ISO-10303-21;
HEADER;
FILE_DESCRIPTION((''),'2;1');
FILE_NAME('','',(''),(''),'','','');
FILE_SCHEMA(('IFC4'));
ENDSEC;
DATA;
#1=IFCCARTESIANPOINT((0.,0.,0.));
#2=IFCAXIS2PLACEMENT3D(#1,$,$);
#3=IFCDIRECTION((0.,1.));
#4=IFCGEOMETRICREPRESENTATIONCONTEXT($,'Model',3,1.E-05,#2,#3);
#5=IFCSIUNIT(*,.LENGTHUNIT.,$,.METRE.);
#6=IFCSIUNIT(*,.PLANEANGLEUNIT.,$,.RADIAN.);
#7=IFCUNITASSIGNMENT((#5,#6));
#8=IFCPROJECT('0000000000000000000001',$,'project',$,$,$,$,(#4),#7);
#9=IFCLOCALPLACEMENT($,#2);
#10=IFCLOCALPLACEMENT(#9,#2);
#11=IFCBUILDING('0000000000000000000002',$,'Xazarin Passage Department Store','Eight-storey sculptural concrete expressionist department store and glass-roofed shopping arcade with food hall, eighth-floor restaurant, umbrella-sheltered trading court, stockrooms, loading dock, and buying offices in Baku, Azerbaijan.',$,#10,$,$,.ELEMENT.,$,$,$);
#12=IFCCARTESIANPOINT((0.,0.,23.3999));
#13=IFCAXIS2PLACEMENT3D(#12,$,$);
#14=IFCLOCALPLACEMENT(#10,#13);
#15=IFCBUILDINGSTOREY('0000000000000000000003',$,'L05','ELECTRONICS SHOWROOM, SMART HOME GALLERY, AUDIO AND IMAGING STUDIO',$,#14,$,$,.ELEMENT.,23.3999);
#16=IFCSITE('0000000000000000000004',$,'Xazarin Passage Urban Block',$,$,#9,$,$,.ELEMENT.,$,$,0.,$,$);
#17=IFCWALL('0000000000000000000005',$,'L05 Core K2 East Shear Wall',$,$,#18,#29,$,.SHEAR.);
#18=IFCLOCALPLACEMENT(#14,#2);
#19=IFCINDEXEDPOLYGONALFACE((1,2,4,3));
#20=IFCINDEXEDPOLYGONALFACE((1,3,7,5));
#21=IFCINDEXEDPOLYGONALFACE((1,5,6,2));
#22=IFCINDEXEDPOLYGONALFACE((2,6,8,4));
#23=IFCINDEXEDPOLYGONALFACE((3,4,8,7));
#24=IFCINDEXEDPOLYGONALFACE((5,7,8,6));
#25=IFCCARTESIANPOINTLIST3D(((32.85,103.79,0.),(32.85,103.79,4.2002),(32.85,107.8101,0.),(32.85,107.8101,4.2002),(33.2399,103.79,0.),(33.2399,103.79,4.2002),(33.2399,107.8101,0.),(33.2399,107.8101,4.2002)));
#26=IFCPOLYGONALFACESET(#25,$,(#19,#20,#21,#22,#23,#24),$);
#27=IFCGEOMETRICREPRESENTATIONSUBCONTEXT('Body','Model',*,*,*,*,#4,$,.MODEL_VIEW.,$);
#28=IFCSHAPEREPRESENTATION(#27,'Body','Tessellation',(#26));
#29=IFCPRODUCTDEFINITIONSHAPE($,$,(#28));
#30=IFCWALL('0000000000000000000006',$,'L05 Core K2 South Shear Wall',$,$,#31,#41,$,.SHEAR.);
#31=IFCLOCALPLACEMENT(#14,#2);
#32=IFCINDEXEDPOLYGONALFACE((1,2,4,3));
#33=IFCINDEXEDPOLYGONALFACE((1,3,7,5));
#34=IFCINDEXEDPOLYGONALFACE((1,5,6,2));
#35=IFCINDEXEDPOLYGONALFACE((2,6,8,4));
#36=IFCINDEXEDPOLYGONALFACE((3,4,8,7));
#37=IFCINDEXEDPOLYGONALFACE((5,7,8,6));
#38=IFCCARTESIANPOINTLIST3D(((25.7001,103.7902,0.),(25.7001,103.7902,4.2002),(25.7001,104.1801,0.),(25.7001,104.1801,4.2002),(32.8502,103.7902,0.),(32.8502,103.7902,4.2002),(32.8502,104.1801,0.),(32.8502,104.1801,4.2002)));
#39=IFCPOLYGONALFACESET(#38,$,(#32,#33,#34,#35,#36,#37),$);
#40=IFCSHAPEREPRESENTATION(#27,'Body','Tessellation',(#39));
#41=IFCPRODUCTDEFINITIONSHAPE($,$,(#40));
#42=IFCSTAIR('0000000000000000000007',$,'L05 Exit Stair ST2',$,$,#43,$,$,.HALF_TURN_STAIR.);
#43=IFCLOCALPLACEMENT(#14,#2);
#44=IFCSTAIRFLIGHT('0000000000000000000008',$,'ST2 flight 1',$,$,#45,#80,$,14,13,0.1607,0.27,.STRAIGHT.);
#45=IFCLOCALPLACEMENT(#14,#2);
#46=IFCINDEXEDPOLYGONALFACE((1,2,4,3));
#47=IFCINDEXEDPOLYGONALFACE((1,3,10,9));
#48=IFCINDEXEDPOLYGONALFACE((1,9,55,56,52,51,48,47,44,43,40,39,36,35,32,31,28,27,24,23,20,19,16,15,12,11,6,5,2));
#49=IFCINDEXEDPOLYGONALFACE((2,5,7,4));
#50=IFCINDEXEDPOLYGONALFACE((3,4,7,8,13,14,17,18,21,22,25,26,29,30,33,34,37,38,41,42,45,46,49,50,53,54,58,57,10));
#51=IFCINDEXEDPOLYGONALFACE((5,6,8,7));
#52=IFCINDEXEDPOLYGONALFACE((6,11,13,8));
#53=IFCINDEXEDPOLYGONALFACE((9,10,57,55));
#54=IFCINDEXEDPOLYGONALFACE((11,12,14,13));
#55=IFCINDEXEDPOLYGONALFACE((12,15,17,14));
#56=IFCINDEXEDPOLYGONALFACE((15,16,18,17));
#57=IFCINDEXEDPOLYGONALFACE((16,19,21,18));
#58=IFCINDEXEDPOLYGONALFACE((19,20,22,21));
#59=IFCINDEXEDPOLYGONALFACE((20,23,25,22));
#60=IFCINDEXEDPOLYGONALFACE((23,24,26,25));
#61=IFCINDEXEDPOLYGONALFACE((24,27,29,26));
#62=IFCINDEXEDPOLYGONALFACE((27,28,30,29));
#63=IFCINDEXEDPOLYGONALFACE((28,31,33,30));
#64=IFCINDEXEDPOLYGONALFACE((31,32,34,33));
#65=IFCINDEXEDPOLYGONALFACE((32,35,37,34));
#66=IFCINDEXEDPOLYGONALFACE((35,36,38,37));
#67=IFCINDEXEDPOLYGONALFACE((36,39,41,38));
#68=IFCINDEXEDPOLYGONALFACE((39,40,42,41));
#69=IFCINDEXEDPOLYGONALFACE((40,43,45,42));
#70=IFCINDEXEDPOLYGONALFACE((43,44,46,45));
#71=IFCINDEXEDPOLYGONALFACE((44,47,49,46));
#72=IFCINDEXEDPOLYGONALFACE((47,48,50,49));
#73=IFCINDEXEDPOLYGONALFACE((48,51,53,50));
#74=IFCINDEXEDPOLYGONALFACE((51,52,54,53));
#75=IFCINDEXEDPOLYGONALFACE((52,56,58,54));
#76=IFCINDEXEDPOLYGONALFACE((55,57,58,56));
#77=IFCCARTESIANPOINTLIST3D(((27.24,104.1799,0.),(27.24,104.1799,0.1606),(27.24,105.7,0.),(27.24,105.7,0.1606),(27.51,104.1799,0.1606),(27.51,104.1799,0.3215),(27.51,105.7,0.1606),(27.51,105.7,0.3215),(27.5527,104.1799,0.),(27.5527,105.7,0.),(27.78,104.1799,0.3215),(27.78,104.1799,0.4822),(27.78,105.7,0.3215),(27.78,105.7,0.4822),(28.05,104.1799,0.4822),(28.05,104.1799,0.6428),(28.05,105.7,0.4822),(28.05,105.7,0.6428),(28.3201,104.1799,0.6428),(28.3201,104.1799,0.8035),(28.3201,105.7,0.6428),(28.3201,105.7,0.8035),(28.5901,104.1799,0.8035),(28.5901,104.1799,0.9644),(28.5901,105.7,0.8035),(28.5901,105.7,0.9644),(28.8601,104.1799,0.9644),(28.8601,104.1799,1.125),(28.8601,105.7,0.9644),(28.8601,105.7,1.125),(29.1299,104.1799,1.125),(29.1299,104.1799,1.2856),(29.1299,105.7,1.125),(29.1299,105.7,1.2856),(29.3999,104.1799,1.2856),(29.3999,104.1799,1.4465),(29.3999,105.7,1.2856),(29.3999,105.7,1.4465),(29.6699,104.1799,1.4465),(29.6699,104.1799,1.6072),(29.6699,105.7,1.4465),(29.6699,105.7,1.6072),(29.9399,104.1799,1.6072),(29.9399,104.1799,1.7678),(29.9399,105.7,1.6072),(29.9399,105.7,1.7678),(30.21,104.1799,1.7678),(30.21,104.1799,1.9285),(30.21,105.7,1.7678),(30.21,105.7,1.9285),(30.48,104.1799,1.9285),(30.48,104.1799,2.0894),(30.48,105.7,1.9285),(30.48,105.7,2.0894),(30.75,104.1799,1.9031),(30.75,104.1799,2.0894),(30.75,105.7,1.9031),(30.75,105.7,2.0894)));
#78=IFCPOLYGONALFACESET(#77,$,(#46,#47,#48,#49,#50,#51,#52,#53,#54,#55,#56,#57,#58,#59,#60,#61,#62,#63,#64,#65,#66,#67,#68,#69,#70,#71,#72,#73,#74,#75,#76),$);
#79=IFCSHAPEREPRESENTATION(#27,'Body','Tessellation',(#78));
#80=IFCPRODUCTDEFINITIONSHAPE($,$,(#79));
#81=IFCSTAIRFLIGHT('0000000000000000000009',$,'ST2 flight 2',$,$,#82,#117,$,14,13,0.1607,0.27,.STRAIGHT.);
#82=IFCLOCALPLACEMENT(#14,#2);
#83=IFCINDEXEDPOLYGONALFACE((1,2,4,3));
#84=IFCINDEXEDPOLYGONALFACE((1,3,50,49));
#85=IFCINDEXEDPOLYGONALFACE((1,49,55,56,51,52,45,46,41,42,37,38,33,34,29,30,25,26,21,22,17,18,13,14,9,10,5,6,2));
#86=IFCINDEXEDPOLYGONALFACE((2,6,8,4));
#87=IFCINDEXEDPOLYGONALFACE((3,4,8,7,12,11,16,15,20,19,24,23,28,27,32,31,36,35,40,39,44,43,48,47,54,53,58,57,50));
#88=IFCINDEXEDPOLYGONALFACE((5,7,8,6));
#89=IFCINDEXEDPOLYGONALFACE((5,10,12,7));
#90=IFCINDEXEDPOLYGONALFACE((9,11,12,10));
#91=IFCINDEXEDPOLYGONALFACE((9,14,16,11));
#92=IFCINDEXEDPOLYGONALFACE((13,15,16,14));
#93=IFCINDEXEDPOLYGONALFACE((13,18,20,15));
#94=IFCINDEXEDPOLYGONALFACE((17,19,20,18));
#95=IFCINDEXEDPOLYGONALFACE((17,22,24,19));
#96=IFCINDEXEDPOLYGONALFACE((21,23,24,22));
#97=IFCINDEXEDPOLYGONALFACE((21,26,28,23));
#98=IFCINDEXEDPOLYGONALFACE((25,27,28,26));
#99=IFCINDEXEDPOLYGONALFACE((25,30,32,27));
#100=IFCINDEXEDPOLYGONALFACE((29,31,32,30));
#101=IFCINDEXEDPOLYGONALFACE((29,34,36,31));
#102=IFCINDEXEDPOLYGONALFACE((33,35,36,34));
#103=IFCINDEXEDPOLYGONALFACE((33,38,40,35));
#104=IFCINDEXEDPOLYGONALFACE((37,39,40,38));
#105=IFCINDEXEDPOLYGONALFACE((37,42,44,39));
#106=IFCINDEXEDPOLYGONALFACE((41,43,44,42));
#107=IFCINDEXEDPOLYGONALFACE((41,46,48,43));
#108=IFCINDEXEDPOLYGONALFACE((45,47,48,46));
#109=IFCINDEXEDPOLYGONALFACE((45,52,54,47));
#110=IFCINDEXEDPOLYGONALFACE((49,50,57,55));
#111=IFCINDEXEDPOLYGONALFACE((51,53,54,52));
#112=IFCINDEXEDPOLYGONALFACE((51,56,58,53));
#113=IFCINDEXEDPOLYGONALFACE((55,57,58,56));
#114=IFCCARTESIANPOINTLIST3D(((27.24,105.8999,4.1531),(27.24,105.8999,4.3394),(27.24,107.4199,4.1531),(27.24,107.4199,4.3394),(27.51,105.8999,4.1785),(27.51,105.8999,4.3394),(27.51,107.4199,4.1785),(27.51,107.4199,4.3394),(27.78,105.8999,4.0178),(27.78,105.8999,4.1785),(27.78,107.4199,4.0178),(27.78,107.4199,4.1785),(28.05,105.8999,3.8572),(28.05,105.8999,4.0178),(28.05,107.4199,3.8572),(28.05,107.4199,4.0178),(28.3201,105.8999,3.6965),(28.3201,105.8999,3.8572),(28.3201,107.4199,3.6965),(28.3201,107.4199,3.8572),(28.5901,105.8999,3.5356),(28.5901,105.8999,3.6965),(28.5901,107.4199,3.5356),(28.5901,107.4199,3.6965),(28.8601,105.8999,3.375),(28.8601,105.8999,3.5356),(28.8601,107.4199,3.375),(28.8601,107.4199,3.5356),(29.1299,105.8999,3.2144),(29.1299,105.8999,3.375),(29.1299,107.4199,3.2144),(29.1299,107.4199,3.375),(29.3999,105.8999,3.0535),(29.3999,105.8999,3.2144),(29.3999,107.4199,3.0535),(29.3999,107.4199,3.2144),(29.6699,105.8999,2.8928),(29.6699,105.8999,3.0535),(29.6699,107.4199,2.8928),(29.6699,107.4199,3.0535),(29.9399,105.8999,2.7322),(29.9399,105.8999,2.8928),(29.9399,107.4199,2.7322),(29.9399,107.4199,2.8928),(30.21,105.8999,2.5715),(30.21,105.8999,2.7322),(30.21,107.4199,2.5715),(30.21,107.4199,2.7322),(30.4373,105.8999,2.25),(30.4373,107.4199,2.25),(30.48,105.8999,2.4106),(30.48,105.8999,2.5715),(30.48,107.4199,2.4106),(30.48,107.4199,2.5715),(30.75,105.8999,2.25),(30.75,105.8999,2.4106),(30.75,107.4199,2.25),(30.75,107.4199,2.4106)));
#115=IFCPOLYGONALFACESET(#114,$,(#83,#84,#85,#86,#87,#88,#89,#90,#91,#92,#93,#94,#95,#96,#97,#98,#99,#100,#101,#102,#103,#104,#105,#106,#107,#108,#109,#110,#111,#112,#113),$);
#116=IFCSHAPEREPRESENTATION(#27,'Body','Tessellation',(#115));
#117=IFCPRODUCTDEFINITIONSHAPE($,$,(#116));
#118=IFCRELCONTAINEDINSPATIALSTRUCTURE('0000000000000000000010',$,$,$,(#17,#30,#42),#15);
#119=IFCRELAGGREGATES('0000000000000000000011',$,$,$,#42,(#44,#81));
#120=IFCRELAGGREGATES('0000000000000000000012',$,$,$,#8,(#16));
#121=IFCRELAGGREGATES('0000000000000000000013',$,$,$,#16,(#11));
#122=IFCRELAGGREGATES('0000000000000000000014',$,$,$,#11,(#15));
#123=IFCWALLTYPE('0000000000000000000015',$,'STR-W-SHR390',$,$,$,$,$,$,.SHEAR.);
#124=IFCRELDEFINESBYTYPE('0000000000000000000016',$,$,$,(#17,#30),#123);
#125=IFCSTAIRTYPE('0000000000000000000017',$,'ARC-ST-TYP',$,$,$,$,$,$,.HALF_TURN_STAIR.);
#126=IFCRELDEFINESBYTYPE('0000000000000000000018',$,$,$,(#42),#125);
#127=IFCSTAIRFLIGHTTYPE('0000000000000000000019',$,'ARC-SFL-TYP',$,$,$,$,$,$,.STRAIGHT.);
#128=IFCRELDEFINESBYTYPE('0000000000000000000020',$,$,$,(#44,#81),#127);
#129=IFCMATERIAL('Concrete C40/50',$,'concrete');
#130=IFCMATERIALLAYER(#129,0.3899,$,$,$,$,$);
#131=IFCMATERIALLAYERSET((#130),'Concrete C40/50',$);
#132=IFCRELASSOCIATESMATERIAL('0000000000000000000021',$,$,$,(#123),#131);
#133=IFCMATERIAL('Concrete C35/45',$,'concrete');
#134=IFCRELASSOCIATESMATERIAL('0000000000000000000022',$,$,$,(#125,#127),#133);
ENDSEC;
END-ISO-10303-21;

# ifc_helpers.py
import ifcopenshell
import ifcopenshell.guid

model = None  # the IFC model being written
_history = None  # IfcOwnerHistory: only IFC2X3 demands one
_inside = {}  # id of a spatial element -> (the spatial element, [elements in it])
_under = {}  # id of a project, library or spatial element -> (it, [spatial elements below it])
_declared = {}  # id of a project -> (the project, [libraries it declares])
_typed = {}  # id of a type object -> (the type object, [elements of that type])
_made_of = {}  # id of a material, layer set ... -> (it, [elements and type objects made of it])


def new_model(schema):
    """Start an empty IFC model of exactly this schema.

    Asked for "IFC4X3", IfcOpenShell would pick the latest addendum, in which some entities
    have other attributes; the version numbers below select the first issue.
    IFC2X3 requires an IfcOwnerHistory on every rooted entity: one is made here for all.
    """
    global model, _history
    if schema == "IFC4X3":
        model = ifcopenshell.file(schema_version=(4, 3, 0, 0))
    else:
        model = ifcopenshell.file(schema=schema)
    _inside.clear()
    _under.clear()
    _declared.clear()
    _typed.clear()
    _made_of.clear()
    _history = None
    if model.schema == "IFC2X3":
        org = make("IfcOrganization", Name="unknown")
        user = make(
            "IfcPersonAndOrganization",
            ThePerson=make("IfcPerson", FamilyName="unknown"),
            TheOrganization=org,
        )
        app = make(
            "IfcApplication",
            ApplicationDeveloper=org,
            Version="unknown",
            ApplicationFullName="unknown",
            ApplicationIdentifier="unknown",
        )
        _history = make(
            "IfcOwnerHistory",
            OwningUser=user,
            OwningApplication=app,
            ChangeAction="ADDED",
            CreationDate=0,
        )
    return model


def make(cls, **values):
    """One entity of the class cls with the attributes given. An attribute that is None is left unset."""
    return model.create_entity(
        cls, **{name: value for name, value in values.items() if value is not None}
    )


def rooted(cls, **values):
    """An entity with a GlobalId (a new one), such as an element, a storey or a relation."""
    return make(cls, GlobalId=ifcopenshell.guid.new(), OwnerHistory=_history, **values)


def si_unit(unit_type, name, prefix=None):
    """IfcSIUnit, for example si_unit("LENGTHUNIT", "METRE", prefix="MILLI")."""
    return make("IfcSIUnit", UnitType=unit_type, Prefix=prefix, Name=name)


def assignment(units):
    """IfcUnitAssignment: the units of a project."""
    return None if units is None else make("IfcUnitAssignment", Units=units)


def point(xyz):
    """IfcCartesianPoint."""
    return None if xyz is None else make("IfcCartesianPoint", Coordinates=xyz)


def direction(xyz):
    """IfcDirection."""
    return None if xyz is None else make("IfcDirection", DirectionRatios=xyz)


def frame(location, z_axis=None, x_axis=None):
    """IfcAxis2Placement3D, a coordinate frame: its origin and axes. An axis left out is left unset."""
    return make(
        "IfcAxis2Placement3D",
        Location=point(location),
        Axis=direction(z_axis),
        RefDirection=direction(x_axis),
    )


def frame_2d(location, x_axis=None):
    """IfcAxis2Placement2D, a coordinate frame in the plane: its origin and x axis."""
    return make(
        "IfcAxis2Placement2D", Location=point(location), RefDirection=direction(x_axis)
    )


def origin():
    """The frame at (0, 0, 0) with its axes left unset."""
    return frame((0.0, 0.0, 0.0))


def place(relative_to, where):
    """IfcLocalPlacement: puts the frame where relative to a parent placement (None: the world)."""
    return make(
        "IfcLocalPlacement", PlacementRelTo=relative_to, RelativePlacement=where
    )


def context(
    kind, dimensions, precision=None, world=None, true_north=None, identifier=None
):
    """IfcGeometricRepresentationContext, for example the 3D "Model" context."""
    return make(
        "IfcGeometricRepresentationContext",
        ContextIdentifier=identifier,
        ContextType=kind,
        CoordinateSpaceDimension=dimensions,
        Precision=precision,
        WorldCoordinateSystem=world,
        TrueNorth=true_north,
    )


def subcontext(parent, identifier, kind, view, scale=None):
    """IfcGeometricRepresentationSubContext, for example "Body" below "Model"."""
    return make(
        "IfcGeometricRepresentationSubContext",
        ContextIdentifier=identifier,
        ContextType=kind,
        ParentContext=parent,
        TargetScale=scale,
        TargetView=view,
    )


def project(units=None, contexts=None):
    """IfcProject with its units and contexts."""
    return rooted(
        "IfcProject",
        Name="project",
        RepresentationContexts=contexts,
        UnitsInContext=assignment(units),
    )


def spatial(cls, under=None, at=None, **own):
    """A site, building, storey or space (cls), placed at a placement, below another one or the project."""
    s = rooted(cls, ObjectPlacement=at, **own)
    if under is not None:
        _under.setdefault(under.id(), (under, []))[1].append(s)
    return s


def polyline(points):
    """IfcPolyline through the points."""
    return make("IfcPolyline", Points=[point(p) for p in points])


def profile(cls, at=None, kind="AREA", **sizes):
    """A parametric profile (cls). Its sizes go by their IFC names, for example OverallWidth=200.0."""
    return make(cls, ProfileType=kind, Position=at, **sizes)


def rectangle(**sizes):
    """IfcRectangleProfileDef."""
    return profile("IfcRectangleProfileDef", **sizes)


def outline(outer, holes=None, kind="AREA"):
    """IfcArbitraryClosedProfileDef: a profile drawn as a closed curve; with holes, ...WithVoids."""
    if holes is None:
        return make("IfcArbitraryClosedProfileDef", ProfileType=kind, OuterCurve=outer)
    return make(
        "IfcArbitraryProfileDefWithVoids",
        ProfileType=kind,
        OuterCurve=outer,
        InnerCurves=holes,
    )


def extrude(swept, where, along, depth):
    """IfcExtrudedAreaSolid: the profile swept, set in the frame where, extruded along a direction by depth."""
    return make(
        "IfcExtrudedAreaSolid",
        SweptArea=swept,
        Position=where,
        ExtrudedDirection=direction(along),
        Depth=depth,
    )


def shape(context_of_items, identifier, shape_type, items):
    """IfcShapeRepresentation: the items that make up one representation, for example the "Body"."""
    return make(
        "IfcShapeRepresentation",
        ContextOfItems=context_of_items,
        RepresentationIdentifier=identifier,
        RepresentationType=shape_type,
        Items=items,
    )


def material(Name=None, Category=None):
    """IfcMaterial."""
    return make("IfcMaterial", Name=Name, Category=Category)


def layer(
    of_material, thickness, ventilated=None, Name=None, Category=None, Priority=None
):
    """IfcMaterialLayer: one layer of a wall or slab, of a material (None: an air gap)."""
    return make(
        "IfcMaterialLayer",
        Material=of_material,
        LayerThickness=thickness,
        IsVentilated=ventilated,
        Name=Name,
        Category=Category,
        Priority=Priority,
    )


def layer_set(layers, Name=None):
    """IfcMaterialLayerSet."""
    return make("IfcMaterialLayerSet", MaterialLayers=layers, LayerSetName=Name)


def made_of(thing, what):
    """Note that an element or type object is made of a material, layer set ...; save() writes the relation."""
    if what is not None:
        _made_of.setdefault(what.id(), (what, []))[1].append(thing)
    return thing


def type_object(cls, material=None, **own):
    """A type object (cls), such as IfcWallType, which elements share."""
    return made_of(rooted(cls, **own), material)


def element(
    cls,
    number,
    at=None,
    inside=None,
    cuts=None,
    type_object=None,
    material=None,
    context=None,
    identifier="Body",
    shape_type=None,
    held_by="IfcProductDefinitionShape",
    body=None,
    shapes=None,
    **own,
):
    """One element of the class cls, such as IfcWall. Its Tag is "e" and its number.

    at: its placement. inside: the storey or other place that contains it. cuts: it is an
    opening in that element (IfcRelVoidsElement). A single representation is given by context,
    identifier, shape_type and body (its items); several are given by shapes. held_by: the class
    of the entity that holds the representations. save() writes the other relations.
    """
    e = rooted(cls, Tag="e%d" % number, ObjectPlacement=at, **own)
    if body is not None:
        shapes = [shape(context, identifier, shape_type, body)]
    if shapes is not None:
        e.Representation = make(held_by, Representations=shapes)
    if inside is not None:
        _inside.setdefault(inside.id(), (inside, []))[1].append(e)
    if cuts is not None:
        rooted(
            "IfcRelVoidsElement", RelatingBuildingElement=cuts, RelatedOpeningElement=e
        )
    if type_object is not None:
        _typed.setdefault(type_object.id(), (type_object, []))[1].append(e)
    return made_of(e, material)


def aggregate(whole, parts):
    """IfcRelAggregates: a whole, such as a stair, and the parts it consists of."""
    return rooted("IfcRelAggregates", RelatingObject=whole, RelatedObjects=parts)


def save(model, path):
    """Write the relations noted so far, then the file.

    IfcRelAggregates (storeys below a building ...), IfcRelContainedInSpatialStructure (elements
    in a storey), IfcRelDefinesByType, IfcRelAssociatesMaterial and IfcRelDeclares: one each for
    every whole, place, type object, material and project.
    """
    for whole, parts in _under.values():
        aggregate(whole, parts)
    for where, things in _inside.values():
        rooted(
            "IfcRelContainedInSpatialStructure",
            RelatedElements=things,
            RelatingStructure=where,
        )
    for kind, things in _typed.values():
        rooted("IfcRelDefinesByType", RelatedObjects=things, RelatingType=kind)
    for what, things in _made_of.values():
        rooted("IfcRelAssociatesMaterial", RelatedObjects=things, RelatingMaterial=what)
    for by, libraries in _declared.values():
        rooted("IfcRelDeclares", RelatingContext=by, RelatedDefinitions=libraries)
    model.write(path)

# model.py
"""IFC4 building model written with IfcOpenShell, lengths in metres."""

from ifc_helpers import new_model, si_unit, direction, frame, frame_2d, origin, place, context, subcontext, project, spatial, polyline, rectangle, outline, extrude, material, layer, layer_set, type_object, element, aggregate, save


model = new_model("IFC4")

# Units and contexts
model_context = context("Model", 3, precision=1e-05, world=origin(), true_north=direction((0.0, 1.0)))
body_context = subcontext(model_context, "Body", "Model", "MODEL_VIEW")
ifc_project = project(units=[si_unit("LENGTHUNIT", "METRE"), si_unit("PLANEANGLEUNIT", "RADIAN")], contexts=[model_context])

# Site, building, storey
site_placement = place(None, origin())
site = spatial("IfcSite", under=ifc_project, at=site_placement, Name="Xazarin Passage Urban Block", CompositionType="ELEMENT", RefElevation=0.0)
building_placement = place(site_placement, origin())
building = spatial("IfcBuilding", under=site, at=building_placement, Name="Xazarin Passage Department Store", Description="Eight-storey sculptural concrete expressionist department store and glass-roofed shopping arcade with food hall, eighth-floor restaurant, umbrella-sheltered trading court, stockrooms, loading dock, and buying offices in Baku, Azerbaijan.", CompositionType="ELEMENT")
storey_placement = place(building_placement, frame((0.0, 0.0, 23.3999)))
storey = spatial("IfcBuildingStorey", under=building, at=storey_placement, Name="L05", Description="ELECTRONICS SHOWROOM, SMART HOME GALLERY, AUDIO AND IMAGING STUDIO", CompositionType="ELEMENT", Elevation=23.3999)

# Shared definitions
ifc_material_1 = material(Name="Concrete C40/50", Category="concrete")

# Shared definitions
ifc_material_2 = material(Name="Concrete C35/45", Category="concrete")

# Walls
ifc_layer = layer(ifc_material_1, 0.3899)
ifc_layer_set = layer_set([ifc_layer], Name="Concrete C40/50")
wall_type = type_object("IfcWallType", Name="STR-W-SHR390", PredefinedType="SHEAR", material=ifc_layer_set)
wall_1_placement = place(storey_placement, frame((33.0449, 103.79, 0.0), z_axis=(0.0, 0.0, 1.0), x_axis=(0.0, 1.0, 0.0)))
element("IfcWall", 1, at=wall_1_placement, inside=storey, type_object=wall_type, Name="L05 Core K2 East Shear Wall", PredefinedType="SHEAR", context=body_context, shape_type="SweptSolid", body=[
    extrude(rectangle(XDim=4.02, YDim=0.3899, at=frame_2d((2.01, 0.0))), origin(), (0.0, 0.0, 1.0), 4.2002),
])
wall_2_placement = place(storey_placement, frame((25.7, 103.9851, 0.0), z_axis=(0.0, 0.0, 1.0), x_axis=(1.0, 0.0, 0.0)))
element("IfcWall", 2, at=wall_2_placement, inside=storey, type_object=wall_type, Name="L05 Core K2 South Shear Wall", PredefinedType="SHEAR", context=body_context, shape_type="SweptSolid", body=[
    extrude(rectangle(XDim=7.1501, YDim=0.3899, at=frame_2d((3.5752, 0.0))), origin(), (0.0, 0.0, 1.0), 4.2002),
])

# Stair, stair flights
stair_type = type_object("IfcStairType", Name="ARC-ST-TYP", PredefinedType="HALF_TURN_STAIR", material=ifc_material_2)
stair_placement = place(storey_placement, origin())
stair = element("IfcStair", 3, at=stair_placement, inside=storey, type_object=stair_type, Name="L05 Exit Stair ST2", PredefinedType="HALF_TURN_STAIR")
stair_flight_type = type_object("IfcStairFlightType", Name="ARC-SFL-TYP", PredefinedType="STRAIGHT", material=ifc_material_2)
stair_flight_1_placement = place(storey_placement, frame((27.24, 104.9399, 0.0), z_axis=(0.0, 0.0, 1.0), x_axis=(1.0, 0.0, 0.0)))
stair_flight_1 = element("IfcStairFlight", 4, at=stair_flight_1_placement, type_object=stair_flight_type, Name="ST2 flight 1", NumberOfRisers=14, NumberOfTreads=13, PredefinedType="STRAIGHT", RiserHeight=0.1607, TreadLength=0.27, context=body_context, shape_type="SweptSolid", body=[
    extrude(outline(polyline([(0.0, 0.0), (0.0, 0.1606), (0.27, 0.1606), (0.27, 0.3215), (0.54, 0.3215), (0.54, 0.4822), (0.8101, 0.4822), (0.8101, 0.6428), (1.0801, 0.6428), (1.0801, 0.8035), (1.3501, 0.8035), (1.3501, 0.9644), (1.6201, 0.9644), (1.6201, 1.125), (1.8899, 1.125), (1.8899, 1.2856), (2.1599, 1.2856), (2.1599, 1.4465), (2.4299, 1.4465), (2.4299, 1.6072), (2.7, 1.6072), (2.7, 1.7678), (2.97, 1.7678), (2.97, 1.9285), (3.24, 1.9285), (3.24, 2.0894), (3.51, 2.0894), (3.51, 2.25), (3.51, 1.9031), (0.3127, 0.0), (0.0, 0.0)])), frame((0.0, 0.76, 0.0), z_axis=(0.0, -1.0, 0.0), x_axis=(1.0, 0.0, 0.0)), (0.0, 0.0, 1.0), 1.52),
])
stair_flight_2_placement = place(storey_placement, frame((30.75, 106.6599, 2.25), z_axis=(0.0, 0.0, 1.0), x_axis=(-1.0, 0.0, 0.0)))
stair_flight_2 = element("IfcStairFlight", 5, at=stair_flight_2_placement, type_object=stair_flight_type, Name="ST2 flight 2", NumberOfRisers=14, NumberOfTreads=13, PredefinedType="STRAIGHT", RiserHeight=0.1607, TreadLength=0.27, context=body_context, shape_type="SweptSolid", body=[
    extrude(outline(polyline([(0.0, 0.0), (0.0, 0.1606), (0.27, 0.1606), (0.27, 0.3215), (0.54, 0.3215), (0.54, 0.4822), (0.8101, 0.4822), (0.8101, 0.6428), (1.0801, 0.6428), (1.0801, 0.8035), (1.3501, 0.8035), (1.3501, 0.9644), (1.6201, 0.9644), (1.6201, 1.125), (1.8899, 1.125), (1.8899, 1.2856), (2.1599, 1.2856), (2.1599, 1.4465), (2.4299, 1.4465), (2.4299, 1.6072), (2.7, 1.6072), (2.7, 1.7678), (2.97, 1.7678), (2.97, 1.9285), (3.24, 1.9285), (3.24, 2.0894), (3.51, 2.0894), (3.51, 2.25), (3.51, 1.9031), (0.3127, 0.0), (0.0, 0.0)])), frame((0.0, 0.76, 0.0), z_axis=(0.0, -1.0, 0.0), x_axis=(1.0, 0.0, 0.0)), (0.0, 0.0, 1.0), 1.52),
])
aggregate(stair, [stair_flight_1, stair_flight_2])

save(model, "model.ifc")
